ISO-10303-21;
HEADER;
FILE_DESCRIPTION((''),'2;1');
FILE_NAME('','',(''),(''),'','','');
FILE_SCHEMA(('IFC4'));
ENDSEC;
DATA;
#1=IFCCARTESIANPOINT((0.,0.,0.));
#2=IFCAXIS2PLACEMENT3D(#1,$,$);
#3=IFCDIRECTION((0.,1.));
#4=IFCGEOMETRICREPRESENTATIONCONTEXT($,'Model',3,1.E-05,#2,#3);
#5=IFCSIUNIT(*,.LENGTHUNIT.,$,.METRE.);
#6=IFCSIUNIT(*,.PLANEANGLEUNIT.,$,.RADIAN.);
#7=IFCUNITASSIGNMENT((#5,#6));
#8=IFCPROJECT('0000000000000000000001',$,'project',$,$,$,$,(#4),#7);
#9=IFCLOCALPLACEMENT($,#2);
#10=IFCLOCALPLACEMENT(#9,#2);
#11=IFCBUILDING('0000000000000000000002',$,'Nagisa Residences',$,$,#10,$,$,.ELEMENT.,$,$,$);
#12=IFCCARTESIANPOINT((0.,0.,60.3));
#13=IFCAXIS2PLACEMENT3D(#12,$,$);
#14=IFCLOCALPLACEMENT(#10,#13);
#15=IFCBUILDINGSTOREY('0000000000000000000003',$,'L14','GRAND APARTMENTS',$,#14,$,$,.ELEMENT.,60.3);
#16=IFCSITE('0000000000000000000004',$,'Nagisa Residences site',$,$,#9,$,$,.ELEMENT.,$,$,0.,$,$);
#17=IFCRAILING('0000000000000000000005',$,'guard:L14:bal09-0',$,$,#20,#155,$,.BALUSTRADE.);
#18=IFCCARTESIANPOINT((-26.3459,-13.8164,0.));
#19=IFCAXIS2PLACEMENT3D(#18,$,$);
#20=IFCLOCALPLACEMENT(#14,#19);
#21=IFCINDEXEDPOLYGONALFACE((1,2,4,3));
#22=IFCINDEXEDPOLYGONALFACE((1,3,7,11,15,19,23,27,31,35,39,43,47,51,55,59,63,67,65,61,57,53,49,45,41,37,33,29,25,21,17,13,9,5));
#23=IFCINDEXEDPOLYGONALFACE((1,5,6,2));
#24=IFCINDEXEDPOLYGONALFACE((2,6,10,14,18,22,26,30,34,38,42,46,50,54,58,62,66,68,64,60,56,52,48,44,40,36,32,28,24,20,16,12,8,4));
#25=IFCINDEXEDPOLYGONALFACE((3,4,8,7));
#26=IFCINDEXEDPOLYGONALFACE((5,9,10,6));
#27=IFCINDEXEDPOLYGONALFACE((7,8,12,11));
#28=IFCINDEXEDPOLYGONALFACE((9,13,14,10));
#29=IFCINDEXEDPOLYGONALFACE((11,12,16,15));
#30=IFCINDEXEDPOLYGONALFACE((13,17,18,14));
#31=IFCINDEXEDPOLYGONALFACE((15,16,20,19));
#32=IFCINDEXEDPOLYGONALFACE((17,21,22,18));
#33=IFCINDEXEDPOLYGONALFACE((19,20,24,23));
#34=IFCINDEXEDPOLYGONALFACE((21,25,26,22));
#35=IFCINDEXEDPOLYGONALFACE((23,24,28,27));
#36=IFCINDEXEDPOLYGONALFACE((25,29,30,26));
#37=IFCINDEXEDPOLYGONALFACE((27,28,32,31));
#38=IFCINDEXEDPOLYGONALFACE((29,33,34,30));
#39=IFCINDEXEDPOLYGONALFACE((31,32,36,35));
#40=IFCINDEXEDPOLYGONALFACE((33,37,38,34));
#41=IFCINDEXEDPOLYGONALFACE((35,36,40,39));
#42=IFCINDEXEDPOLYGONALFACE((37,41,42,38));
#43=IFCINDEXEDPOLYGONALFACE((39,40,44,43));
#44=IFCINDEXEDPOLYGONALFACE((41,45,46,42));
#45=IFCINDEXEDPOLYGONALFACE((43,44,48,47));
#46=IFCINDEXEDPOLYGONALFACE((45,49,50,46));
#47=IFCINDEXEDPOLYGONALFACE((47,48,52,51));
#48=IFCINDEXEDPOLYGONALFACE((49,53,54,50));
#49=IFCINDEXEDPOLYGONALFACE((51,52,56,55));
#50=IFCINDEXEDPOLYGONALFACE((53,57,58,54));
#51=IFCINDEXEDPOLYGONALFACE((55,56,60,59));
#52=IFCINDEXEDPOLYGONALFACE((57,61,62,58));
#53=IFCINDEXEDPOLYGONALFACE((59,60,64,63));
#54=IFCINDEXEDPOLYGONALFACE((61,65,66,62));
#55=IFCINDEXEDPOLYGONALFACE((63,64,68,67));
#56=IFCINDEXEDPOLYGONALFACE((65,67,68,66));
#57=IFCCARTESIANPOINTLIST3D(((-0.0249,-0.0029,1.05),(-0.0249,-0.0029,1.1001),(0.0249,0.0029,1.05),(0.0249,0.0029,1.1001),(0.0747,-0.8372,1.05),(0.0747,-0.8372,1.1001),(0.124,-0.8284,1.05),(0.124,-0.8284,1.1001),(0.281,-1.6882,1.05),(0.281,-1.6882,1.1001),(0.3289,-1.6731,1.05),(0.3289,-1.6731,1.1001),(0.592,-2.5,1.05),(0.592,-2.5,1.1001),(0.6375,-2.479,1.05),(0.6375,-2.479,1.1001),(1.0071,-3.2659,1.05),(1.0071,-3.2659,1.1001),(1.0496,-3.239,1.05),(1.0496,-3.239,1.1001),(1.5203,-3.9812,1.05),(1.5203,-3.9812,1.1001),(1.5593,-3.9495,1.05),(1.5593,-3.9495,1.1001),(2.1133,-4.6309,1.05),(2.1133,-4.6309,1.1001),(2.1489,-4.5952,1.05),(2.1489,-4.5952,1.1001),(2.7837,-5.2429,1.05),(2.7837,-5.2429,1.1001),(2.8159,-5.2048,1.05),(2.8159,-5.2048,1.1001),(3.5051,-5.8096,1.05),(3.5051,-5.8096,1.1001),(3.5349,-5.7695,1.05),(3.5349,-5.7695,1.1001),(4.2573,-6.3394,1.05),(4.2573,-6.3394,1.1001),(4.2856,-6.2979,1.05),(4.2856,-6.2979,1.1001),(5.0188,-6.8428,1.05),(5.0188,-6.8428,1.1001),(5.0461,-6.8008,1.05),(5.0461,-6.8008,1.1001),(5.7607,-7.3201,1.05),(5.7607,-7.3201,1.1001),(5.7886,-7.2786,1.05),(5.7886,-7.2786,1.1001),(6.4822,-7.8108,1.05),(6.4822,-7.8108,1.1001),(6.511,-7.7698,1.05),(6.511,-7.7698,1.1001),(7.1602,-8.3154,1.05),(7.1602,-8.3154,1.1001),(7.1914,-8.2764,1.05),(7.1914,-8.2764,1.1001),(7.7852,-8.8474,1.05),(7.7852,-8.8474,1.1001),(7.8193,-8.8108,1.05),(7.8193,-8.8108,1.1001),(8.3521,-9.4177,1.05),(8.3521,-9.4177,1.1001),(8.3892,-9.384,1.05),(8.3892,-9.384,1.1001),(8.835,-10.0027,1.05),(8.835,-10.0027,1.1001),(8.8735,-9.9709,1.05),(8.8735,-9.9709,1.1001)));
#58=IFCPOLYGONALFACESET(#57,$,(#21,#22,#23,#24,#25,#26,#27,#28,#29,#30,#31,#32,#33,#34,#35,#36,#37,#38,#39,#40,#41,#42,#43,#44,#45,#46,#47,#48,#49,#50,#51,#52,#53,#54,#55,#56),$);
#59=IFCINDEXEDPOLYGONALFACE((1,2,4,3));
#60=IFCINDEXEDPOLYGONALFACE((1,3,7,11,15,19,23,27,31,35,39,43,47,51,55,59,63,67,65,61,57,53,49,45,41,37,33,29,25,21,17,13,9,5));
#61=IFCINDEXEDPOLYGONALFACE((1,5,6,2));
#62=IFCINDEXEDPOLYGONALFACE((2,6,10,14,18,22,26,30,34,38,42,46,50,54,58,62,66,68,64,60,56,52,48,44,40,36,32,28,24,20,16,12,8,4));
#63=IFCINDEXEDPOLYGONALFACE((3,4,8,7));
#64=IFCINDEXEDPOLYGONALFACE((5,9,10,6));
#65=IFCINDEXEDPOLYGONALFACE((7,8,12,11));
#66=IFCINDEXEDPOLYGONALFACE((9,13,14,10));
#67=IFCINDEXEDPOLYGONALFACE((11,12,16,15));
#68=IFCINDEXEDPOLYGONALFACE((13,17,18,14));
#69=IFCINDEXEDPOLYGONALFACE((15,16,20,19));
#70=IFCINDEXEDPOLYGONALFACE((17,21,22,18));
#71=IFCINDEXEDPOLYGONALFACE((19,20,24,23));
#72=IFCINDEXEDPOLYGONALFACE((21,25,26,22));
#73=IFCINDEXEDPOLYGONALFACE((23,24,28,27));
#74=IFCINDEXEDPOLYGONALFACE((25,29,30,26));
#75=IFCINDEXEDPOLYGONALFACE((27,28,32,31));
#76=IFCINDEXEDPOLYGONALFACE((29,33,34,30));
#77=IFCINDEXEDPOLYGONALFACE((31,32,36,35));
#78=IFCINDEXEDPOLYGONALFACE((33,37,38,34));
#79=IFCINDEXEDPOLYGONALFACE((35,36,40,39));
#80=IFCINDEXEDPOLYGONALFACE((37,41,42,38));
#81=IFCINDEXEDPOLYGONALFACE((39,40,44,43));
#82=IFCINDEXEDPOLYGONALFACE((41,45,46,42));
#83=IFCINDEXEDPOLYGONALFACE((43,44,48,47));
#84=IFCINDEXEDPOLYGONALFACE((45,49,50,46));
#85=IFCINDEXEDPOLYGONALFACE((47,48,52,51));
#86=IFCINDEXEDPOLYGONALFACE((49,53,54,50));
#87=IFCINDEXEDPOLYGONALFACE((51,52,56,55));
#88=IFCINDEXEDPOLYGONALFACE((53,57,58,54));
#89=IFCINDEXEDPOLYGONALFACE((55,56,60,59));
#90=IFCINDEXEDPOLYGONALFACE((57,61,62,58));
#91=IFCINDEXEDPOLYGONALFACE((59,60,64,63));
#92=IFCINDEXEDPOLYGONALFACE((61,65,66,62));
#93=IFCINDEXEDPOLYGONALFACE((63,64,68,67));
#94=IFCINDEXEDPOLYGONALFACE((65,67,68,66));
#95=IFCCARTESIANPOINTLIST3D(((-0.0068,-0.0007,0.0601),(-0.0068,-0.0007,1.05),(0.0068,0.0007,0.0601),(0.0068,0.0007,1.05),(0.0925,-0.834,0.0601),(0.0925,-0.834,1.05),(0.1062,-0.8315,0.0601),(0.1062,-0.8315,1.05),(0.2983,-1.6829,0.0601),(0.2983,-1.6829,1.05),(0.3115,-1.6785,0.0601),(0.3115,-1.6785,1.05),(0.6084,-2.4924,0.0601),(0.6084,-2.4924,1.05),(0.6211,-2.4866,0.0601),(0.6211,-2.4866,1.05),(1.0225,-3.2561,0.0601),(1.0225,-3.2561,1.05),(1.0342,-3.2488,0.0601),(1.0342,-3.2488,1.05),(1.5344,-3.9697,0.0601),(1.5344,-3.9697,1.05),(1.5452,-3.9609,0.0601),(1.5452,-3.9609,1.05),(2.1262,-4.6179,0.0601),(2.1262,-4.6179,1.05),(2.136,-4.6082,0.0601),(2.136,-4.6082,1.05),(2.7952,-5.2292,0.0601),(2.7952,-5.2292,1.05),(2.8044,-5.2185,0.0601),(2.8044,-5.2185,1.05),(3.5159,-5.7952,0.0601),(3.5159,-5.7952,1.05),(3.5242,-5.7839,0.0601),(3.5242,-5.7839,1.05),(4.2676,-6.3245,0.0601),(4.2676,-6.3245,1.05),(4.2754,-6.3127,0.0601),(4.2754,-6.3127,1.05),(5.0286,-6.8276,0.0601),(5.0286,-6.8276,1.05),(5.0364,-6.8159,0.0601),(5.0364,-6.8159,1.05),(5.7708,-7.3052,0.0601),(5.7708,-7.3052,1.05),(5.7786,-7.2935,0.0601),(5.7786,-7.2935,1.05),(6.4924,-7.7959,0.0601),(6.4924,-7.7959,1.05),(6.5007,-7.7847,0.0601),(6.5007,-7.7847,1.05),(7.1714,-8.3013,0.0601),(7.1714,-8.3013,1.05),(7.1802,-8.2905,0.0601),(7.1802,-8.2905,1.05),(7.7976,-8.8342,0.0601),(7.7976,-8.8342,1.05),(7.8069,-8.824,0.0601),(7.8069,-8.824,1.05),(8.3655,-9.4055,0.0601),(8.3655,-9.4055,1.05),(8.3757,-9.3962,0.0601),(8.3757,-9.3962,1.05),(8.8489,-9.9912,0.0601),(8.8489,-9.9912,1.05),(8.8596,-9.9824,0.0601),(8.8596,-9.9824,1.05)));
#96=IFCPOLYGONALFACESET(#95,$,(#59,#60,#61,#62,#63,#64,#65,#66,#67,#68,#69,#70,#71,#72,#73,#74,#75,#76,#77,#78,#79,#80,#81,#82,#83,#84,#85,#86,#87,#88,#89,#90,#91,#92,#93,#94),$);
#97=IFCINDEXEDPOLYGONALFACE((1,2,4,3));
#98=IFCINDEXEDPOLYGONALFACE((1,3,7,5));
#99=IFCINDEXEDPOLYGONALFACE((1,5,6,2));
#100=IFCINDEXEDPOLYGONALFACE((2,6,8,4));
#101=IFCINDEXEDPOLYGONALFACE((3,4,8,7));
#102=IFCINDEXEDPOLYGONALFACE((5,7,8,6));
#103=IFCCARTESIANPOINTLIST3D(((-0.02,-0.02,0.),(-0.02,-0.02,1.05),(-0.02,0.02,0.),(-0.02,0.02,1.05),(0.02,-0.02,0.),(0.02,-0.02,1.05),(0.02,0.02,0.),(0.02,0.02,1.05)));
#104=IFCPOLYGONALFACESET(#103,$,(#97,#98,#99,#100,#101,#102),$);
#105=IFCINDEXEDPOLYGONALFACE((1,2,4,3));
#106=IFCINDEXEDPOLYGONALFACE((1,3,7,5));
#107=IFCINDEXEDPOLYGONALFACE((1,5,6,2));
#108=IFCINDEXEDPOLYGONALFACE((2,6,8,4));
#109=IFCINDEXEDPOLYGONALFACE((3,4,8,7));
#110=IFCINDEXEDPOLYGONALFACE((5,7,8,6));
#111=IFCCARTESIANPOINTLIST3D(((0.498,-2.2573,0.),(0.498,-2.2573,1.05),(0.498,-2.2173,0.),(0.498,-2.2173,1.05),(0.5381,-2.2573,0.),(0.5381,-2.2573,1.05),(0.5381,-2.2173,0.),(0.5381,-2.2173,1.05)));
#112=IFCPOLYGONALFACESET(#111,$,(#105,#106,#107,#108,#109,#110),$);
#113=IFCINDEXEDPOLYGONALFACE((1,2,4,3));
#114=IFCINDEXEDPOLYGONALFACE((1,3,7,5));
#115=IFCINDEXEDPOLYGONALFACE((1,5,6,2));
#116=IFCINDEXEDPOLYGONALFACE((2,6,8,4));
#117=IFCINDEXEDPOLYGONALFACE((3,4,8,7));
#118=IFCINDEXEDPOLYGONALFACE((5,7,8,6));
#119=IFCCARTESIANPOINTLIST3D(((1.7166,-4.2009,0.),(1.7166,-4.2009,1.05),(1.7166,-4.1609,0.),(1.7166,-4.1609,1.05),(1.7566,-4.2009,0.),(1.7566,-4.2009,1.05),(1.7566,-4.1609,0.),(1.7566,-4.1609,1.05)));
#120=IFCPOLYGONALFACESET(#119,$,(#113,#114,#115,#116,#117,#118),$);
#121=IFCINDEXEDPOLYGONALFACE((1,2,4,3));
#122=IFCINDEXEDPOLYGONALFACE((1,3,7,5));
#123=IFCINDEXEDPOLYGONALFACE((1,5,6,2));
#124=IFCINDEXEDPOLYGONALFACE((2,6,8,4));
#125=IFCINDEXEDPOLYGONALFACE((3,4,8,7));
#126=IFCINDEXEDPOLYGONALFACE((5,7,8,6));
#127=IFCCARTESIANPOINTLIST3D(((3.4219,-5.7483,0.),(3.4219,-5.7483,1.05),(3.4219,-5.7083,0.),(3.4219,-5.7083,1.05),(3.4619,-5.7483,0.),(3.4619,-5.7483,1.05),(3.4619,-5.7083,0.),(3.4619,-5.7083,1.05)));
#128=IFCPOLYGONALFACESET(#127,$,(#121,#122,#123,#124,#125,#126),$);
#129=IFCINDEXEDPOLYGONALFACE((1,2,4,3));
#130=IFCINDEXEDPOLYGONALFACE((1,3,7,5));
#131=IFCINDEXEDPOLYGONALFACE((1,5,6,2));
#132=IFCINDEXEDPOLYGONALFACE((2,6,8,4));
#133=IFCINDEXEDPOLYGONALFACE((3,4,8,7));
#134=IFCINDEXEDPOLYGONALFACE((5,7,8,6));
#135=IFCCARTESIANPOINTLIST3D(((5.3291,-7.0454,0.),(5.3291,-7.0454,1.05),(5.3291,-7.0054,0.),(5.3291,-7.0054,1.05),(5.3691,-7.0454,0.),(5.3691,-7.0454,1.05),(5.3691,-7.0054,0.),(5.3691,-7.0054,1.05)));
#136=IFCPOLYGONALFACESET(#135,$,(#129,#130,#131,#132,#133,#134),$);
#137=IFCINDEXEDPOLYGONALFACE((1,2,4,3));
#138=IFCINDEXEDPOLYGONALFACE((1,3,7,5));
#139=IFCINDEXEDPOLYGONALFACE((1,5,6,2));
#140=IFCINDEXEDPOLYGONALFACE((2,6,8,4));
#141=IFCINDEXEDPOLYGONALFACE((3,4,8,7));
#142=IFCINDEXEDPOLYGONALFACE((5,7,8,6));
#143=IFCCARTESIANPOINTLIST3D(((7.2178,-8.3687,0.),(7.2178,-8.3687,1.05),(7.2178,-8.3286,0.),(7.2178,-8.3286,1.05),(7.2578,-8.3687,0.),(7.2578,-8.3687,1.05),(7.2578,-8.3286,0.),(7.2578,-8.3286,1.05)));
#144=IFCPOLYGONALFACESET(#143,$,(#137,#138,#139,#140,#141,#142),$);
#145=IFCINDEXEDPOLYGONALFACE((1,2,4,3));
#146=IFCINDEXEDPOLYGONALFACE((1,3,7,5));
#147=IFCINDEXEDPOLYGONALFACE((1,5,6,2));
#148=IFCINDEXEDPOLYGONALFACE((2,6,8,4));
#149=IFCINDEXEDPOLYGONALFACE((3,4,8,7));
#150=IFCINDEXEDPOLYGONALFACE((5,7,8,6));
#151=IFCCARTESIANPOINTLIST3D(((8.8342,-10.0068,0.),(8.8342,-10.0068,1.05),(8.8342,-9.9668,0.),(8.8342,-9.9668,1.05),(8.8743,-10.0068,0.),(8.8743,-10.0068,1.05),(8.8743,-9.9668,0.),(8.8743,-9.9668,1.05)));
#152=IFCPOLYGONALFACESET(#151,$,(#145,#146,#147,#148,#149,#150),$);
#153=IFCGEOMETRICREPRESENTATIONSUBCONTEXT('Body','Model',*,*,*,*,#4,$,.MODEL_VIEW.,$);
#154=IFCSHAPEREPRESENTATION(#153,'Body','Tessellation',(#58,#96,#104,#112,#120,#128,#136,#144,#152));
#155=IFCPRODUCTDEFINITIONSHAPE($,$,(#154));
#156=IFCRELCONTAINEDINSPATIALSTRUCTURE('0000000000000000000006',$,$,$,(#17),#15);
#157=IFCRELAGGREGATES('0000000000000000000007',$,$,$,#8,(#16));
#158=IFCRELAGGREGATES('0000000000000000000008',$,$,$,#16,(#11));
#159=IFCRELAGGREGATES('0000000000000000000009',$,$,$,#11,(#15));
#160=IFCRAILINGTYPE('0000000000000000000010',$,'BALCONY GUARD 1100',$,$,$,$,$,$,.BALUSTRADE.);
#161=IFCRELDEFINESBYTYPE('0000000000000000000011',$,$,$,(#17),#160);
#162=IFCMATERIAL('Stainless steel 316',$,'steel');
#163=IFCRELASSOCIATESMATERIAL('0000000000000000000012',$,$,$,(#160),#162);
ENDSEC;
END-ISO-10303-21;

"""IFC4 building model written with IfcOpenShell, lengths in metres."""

from ifc_helpers import new_model, si_unit, direction, frame, origin, origin_2d, place, context, subcontext, project, spatial, polyline, rectangle, outline, extrude, material, type_object, element, save


model = new_model("IFC4")

# Units and contexts
model_context = context("Model", 3, precision=1e-05, world=origin(), true_north=direction((0.0, 1.0)))
body_context = subcontext(model_context, "Body", "Model", "MODEL_VIEW")
ifc_project = project(units=[si_unit("LENGTHUNIT", "METRE"), si_unit("PLANEANGLEUNIT", "RADIAN")], contexts=[model_context])

# Site, building, storey
site_placement = place(None, origin())
site = spatial("IfcSite", under=ifc_project, at=site_placement, Name="Nagisa Residences site", CompositionType="ELEMENT", RefElevation=0.0)
building_placement = place(site_placement, origin())
building = spatial("IfcBuilding", under=site, at=building_placement, Name="Nagisa Residences", CompositionType="ELEMENT")
storey_placement = place(building_placement, frame((0.0, 0.0, 60.3)))
storey = spatial("IfcBuildingStorey", under=building, at=storey_placement, Name="L14", Description="GRAND APARTMENTS", CompositionType="ELEMENT", Elevation=60.3)

# Railing
ifc_material_1 = material(Name="Stainless steel 316", Category="steel")
railing_type = type_object("IfcRailingType", Name="BALCONY GUARD 1100", PredefinedType="BALUSTRADE", material=ifc_material_1)
railing_1_placement = place(storey_placement, frame((-26.3459, -13.8164, 0.0)))
element("IfcRailing", 1, at=railing_1_placement, inside=storey, type_object=railing_type, Name="guard:L14:bal09-0", PredefinedType="BALUSTRADE", context=body_context, shape_type="SweptSolid", body=[
    extrude(outline(polyline([(0.124, -0.8284), (0.0249, 0.0029), (-0.0249, -0.0029), (0.0747, -0.8372), (0.281, -1.6882), (0.592, -2.5), (1.0071, -3.2659), (1.5203, -3.9812), (2.1133, -4.6309), (2.7837, -5.2429), (3.5051, -5.8096), (4.2573, -6.3394), (5.0188, -6.8428), (5.7607, -7.3201), (6.4822, -7.8108), (7.1602, -8.3154), (7.7852, -8.8474), (8.3521, -9.4177), (8.835, -10.0027), (8.8735, -9.9709), (8.3892, -9.384), (7.8193, -8.8108), (7.1914, -8.2764), (6.511, -7.7698), (5.7886, -7.2786), (5.0461, -6.8008), (4.2856, -6.2979), (3.5349, -5.7695), (2.8159, -5.2048), (2.1489, -4.5952), (1.5593, -3.9495), (1.0496, -3.239), (0.6375, -2.479), (0.3289, -1.6731), (0.124, -0.8284)])), frame((0.0, 0.0, 1.05)), (0.0, 0.0, 1.0), 0.05),
    extrude(outline(polyline([(0.1062, -0.8315), (0.0068, 0.0007), (-0.0068, -0.0007), (0.0925, -0.834), (0.2983, -1.6829), (0.6084, -2.4924), (1.0225, -3.2561), (1.5344, -3.9697), (2.1262, -4.6179), (2.7952, -5.2292), (3.5159, -5.7952), (4.2676, -6.3245), (5.0286, -6.8276), (5.7708, -7.3052), (6.4924, -7.7959), (7.1714, -8.3013), (7.7976, -8.8342), (8.3655, -9.4055), (8.8489, -9.9912), (8.8596, -9.9824), (8.3757, -9.3962), (7.8069, -8.824), (7.1802, -8.2905), (6.5007, -7.7847), (5.7786, -7.2935), (5.0364, -6.8159), (4.2754, -6.3127), (3.5242, -5.7839), (2.8044, -5.2185), (2.136, -4.6082), (1.5452, -3.9609), (1.0342, -3.2488), (0.6211, -2.4866), (0.3115, -1.6785), (0.1062, -0.8315)])), frame((0.0, 0.0, 0.0601)), (0.0, 0.0, 1.0), 0.99),
    extrude(rectangle(XDim=0.04, YDim=0.04, at=origin_2d()), origin(), (0.0, 0.0, 1.0), 1.05),
    extrude(rectangle(XDim=0.04, YDim=0.04, at=origin_2d()), frame((0.5181, -2.2373, 0.0)), (0.0, 0.0, 1.0), 1.05),
    extrude(rectangle(XDim=0.04, YDim=0.04, at=origin_2d()), frame((1.7366, -4.1809, 0.0)), (0.0, 0.0, 1.0), 1.05),
    extrude(rectangle(XDim=0.04, YDim=0.04, at=origin_2d()), frame((3.4419, -5.7283, 0.0)), (0.0, 0.0, 1.0), 1.05),
    extrude(rectangle(XDim=0.04, YDim=0.04, at=origin_2d()), frame((5.3491, -7.0254, 0.0)), (0.0, 0.0, 1.0), 1.05),
    extrude(rectangle(XDim=0.04, YDim=0.04, at=origin_2d()), frame((7.2378, -8.3486, 0.0)), (0.0, 0.0, 1.0), 1.05),
    extrude(rectangle(XDim=0.04, YDim=0.04, at=origin_2d()), frame((8.8542, -9.9868, 0.0)), (0.0, 0.0, 1.0), 1.05),
])

save(model, "model.ifc")
